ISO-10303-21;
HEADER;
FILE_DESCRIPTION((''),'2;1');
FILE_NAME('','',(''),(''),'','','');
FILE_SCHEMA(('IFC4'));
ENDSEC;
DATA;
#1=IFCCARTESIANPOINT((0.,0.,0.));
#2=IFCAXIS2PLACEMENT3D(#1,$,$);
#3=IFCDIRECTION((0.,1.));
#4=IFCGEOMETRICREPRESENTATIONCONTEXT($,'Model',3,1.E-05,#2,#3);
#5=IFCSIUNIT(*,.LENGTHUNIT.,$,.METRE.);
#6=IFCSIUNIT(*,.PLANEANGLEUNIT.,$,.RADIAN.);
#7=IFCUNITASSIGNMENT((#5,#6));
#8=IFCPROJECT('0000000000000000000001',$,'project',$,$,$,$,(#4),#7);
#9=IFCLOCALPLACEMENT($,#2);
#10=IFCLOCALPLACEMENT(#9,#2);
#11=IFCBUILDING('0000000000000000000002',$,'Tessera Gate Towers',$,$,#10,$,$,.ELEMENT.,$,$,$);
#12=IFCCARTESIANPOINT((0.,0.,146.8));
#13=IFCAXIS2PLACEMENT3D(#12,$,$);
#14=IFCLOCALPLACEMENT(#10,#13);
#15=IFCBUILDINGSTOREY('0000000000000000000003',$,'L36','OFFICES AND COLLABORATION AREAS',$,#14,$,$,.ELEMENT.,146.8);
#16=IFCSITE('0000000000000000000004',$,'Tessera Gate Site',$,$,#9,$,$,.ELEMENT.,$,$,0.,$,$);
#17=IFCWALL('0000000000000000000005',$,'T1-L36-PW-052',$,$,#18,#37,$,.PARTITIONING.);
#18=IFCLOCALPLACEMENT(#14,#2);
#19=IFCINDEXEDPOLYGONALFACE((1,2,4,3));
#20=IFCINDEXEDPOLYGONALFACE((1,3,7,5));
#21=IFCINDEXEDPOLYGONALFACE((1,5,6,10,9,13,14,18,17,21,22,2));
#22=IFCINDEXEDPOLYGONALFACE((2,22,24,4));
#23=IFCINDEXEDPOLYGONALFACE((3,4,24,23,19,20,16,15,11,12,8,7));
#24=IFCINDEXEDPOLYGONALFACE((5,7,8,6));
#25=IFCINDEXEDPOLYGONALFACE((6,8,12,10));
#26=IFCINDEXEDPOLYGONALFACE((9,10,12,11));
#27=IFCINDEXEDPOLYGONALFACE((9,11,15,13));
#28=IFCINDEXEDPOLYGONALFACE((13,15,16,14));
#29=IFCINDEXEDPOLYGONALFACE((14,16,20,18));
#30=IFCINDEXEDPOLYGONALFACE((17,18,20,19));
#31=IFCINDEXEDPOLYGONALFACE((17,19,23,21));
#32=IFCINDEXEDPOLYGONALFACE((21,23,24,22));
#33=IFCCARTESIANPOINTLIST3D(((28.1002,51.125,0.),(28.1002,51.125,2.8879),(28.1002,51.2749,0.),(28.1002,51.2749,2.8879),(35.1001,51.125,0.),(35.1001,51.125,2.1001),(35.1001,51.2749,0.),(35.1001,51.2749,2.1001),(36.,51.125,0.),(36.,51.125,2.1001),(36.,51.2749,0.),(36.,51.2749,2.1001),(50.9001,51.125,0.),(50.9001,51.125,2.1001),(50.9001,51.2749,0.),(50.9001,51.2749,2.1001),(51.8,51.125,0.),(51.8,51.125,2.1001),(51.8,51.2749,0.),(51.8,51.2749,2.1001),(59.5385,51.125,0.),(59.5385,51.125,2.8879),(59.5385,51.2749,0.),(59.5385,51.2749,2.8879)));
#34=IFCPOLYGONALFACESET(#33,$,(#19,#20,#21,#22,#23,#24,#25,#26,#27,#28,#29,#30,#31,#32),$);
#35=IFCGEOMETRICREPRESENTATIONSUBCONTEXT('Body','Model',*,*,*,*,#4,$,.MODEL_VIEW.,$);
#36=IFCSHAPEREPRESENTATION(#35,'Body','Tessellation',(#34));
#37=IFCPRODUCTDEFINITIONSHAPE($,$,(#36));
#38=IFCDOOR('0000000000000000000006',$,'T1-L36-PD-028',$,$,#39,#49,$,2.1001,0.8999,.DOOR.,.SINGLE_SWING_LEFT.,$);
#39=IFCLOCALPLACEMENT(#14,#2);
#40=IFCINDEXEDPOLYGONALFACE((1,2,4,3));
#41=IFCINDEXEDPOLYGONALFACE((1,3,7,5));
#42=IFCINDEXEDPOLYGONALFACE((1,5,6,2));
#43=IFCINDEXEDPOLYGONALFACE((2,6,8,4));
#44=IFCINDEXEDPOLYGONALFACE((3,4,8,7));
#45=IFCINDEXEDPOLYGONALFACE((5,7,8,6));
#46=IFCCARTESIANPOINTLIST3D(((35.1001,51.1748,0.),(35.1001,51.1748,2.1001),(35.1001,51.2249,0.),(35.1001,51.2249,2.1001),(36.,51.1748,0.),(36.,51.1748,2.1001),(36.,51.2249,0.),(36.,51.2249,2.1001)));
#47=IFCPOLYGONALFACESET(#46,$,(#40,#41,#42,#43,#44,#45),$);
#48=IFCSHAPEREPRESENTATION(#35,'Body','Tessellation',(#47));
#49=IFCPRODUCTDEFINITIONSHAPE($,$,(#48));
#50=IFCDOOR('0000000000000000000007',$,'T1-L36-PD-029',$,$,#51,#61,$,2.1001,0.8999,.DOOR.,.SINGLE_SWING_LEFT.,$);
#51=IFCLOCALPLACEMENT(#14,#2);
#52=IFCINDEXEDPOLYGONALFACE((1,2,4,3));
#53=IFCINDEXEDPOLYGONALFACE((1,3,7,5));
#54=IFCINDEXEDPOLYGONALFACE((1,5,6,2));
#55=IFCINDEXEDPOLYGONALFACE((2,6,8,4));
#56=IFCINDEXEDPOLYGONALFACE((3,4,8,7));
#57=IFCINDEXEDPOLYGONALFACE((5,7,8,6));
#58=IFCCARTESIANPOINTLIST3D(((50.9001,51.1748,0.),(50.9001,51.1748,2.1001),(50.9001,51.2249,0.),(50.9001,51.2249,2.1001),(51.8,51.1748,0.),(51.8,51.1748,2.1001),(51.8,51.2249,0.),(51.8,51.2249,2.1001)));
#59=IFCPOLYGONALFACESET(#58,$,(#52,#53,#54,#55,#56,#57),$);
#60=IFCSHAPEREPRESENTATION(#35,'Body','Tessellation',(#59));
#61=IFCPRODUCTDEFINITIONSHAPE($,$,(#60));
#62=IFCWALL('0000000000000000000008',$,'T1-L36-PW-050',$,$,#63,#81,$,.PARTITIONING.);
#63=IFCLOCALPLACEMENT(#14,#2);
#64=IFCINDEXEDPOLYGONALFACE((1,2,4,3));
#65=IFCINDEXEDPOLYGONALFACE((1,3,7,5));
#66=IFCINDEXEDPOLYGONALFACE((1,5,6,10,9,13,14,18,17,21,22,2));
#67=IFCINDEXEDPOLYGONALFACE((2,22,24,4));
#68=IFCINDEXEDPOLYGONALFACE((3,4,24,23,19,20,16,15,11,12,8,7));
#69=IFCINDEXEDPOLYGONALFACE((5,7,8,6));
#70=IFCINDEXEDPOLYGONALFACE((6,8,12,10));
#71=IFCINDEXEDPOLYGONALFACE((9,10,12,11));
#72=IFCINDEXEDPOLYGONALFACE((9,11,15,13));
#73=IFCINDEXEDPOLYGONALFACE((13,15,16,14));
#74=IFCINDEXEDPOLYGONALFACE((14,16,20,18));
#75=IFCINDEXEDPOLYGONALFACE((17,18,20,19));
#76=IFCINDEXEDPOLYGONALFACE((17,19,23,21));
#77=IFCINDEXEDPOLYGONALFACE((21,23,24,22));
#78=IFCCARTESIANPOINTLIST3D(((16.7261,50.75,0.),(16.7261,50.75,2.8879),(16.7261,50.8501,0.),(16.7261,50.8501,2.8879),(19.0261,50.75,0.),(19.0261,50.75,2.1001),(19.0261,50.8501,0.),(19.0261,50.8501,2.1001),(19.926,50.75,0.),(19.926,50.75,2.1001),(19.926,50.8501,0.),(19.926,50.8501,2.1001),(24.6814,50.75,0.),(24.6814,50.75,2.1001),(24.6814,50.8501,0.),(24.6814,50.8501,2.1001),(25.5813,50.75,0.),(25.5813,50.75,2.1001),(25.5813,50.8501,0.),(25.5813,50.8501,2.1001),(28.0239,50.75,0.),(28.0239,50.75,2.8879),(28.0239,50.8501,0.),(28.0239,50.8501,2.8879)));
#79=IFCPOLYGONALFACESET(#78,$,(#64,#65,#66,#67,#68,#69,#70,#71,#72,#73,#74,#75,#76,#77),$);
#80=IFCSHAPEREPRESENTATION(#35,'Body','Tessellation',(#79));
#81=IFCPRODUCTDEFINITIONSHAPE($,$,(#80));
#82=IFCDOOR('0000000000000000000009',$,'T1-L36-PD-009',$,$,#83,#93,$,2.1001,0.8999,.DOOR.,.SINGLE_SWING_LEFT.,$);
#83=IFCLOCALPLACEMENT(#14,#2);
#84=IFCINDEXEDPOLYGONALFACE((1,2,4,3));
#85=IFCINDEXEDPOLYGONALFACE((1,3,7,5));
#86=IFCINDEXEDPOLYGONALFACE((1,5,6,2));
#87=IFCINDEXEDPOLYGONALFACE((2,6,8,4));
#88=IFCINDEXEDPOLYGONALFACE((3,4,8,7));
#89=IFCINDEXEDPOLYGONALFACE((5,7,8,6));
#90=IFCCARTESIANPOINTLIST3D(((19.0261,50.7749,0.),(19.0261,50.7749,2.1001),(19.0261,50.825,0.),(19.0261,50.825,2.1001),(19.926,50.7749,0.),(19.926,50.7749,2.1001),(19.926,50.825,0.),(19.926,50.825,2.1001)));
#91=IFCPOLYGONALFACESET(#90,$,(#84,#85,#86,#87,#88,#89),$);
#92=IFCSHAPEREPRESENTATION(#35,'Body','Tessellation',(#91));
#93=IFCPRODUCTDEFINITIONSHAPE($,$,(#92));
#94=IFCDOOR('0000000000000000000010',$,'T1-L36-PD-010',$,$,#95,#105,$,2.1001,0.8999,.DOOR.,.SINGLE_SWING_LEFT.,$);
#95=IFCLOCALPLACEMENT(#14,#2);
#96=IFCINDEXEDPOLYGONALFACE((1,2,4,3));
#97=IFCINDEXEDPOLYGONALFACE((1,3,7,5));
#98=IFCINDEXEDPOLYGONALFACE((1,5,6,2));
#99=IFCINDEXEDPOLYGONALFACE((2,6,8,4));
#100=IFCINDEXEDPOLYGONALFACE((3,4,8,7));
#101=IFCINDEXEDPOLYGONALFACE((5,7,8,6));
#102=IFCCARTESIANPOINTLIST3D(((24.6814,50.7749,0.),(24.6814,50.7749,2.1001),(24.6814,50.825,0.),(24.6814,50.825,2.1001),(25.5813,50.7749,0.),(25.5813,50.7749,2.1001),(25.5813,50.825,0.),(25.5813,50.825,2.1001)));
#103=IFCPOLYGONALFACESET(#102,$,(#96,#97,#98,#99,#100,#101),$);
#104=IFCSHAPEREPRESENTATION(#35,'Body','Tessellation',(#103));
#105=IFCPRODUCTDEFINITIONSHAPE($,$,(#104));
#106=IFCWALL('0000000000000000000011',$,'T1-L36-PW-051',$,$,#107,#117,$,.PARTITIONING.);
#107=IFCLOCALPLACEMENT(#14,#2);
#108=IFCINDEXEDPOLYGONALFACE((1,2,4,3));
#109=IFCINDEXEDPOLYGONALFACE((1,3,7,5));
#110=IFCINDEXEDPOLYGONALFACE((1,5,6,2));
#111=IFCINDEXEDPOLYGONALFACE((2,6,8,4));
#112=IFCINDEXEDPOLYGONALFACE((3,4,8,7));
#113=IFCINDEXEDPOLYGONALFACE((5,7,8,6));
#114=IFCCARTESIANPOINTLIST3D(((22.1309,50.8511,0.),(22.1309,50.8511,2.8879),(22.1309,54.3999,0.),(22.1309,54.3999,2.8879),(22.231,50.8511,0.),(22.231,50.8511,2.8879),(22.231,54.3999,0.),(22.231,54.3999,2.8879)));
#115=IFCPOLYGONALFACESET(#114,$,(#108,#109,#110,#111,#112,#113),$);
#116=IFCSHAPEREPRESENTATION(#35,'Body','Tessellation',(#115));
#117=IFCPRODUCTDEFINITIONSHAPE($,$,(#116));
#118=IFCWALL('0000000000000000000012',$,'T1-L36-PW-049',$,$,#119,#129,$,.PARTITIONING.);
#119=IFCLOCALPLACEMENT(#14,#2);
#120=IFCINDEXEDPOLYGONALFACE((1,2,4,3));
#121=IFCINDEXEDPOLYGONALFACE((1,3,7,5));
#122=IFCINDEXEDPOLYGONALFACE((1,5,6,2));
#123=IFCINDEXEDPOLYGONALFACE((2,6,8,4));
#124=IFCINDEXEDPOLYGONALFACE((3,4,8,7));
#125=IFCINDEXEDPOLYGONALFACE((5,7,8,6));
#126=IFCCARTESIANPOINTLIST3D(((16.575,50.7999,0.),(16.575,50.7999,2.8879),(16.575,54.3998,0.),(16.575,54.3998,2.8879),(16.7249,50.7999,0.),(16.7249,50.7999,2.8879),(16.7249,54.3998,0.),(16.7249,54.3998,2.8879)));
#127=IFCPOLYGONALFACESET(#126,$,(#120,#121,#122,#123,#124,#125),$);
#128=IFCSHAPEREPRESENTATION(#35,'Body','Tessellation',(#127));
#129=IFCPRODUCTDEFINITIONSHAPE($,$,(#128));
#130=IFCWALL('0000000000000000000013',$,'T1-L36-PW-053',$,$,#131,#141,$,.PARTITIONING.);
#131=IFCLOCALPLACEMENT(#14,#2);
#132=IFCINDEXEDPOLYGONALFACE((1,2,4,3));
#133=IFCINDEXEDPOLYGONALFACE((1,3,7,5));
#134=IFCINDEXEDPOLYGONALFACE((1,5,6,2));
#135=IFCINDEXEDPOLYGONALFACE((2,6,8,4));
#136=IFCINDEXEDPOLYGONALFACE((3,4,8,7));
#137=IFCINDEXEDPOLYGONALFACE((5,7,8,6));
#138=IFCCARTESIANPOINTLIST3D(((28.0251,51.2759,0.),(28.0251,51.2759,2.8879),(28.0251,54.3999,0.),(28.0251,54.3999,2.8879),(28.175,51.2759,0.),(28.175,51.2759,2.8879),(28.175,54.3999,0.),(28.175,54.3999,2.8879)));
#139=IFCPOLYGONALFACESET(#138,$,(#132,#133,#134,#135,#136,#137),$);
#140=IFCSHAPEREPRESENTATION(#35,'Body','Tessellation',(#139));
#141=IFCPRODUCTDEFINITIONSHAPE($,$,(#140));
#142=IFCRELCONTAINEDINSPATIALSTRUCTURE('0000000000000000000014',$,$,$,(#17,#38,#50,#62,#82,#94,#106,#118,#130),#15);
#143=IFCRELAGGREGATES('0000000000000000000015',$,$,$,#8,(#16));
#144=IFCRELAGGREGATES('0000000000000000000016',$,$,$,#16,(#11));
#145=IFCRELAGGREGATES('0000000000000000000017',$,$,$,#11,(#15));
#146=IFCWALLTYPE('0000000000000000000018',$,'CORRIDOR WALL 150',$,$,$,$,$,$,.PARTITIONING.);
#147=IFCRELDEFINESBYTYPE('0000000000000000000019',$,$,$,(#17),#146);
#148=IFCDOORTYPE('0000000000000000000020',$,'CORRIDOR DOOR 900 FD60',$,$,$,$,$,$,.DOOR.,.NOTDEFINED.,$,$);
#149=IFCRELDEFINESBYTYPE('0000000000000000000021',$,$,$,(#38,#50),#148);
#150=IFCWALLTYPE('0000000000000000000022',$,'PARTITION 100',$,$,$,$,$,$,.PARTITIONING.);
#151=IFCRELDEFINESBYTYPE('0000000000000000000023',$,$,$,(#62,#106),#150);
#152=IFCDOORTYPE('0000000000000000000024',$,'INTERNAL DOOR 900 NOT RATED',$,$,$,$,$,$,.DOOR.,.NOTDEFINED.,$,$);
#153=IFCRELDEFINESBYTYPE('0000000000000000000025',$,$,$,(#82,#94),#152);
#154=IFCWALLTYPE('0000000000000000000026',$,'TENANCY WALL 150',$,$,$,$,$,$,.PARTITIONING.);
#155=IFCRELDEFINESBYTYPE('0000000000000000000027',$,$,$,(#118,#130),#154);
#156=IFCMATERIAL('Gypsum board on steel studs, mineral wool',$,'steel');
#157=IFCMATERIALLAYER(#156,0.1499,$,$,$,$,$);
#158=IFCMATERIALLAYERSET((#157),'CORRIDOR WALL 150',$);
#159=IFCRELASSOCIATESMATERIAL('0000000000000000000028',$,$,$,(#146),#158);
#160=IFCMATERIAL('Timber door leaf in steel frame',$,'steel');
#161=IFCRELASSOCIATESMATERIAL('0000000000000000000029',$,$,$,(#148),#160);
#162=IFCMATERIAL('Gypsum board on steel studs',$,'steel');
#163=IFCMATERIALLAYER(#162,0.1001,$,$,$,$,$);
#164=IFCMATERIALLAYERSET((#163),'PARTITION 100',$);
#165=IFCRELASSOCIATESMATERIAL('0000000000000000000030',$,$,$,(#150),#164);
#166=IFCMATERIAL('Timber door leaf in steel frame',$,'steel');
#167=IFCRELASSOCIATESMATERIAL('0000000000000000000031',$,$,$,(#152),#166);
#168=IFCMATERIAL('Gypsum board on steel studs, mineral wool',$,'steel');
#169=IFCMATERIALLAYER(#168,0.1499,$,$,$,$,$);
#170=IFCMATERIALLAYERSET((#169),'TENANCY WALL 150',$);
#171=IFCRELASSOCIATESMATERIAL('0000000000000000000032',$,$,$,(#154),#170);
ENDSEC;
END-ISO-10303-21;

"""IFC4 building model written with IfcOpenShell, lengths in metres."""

from ifc_helpers import new_model, si_unit, direction, frame, frame_2d, origin, place, context, subcontext, project, spatial, rectangle, extrude, source, transform, mapped, material, layer, layer_set, type_object, element, fill, save


model = new_model("IFC4")

# Units and contexts
model_context = context("Model", 3, precision=1e-05, world=origin(), true_north=direction((0.0, 1.0)))
body_context = subcontext(model_context, "Body", "Model", "MODEL_VIEW")
ifc_project = project(units=[si_unit("LENGTHUNIT", "METRE"), si_unit("PLANEANGLEUNIT", "RADIAN")], contexts=[model_context])

# Site, building, storey
site_placement = place(None, origin())
site = spatial("IfcSite", under=ifc_project, at=site_placement, Name="Tessera Gate Site", CompositionType="ELEMENT", RefElevation=0.0)
building_placement = place(site_placement, origin())
building = spatial("IfcBuilding", under=site, at=building_placement, Name="Tessera Gate Towers", CompositionType="ELEMENT")
storey_placement = place(building_placement, frame((0.0, 0.0, 146.8)))
storey = spatial("IfcBuildingStorey", under=building, at=storey_placement, Name="L36", Description="OFFICES AND COLLABORATION AREAS", CompositionType="ELEMENT", Elevation=146.8)

# Walls, openings, doors
ifc_material_1 = material(Name="Gypsum board on steel studs, mineral wool", Category="steel")
ifc_layer_1 = layer(ifc_material_1, 0.1499)
ifc_layer_set_1 = layer_set([ifc_layer_1], Name="CORRIDOR WALL 150")
wall_type_1 = type_object("IfcWallType", Name="CORRIDOR WALL 150", PredefinedType="PARTITIONING", material=ifc_layer_set_1)
wall_1_placement = place(storey_placement, frame((28.1001, 51.2, 0.0), z_axis=(0.0, 0.0, 1.0), x_axis=(1.0, 0.0, 0.0)))
wall_1 = element("IfcWall", 1, at=wall_1_placement, inside=storey, type_object=wall_type_1, Name="T1-L36-PW-052", PredefinedType="PARTITIONING", context=body_context, shape_type="SweptSolid", body=[
    extrude(rectangle(XDim=31.4382, YDim=0.1499, at=frame_2d((15.7192, 0.0))), origin(), (0.0, 0.0, 1.0), 2.8879),
])
shared_shape_1 = source(origin(), body_context, "Body", "SweptSolid", [
    extrude(rectangle(XDim=0.8999, YDim=2.1001, at=frame_2d((0.45, 1.05))), frame((0.0, 0.085, 0.0), z_axis=(0.0, -1.0, 0.0), x_axis=(1.0, 0.0, 0.0)), (0.0, 0.0, 1.0), 0.1699),
])
opening_1_placement = place(wall_1_placement, frame((7.0, 0.0, 0.0)))
opening_1 = element("IfcOpeningElement", 2, at=opening_1_placement, cuts=wall_1, PredefinedType="OPENING", context=body_context, shape_type="MappedRepresentation", body=[
    mapped(shared_shape_1, transform((0.0, 0.0, 0.0), scale=1.0)),
])
opening_2_placement = place(wall_1_placement, frame((22.8, 0.0, 0.0)))
opening_2 = element("IfcOpeningElement", 3, at=opening_2_placement, cuts=wall_1, PredefinedType="OPENING", context=body_context, shape_type="MappedRepresentation", body=[
    mapped(shared_shape_1, transform((0.0, 0.0, 0.0), scale=1.0)),
])
ifc_material_2 = material(Name="Timber door leaf in steel frame", Category="steel")
door_type_1 = type_object("IfcDoorType", Name="CORRIDOR DOOR 900 FD60", OperationType="NOTDEFINED", PredefinedType="DOOR", material=ifc_material_2)
shared_shape_2 = source(origin(), body_context, "Body", "SweptSolid", [
    extrude(rectangle(XDim=0.8999, YDim=2.1001, at=frame_2d((0.45, 1.05))), frame((0.0, 0.0249, 0.0), z_axis=(0.0, -1.0, 0.0), x_axis=(1.0, 0.0, 0.0)), (0.0, 0.0, 1.0), 0.05),
])
door_1_placement = place(opening_1_placement, origin())
door_1 = element("IfcDoor", 4, at=door_1_placement, inside=storey, type_object=door_type_1, Name="T1-L36-PD-028", OperationType="SINGLE_SWING_LEFT", OverallHeight=2.1001, OverallWidth=0.8999, PredefinedType="DOOR", context=body_context, shape_type="MappedRepresentation", body=[
    mapped(shared_shape_2, transform((0.0, 0.0, 0.0), scale=1.0)),
])
fill(opening_1, door_1)
door_2_placement = place(opening_2_placement, origin())
door_2 = element("IfcDoor", 5, at=door_2_placement, inside=storey, type_object=door_type_1, Name="T1-L36-PD-029", OperationType="SINGLE_SWING_LEFT", OverallHeight=2.1001, OverallWidth=0.8999, PredefinedType="DOOR", context=body_context, shape_type="MappedRepresentation", body=[
    mapped(shared_shape_2, transform((0.0, 0.0, 0.0), scale=1.0)),
])
fill(opening_2, door_2)
ifc_material_3 = material(Name="Gypsum board on steel studs", Category="steel")
ifc_layer_2 = layer(ifc_material_3, 0.1001)
ifc_layer_set_2 = layer_set([ifc_layer_2], Name="PARTITION 100")
wall_type_2 = type_object("IfcWallType", Name="PARTITION 100", PredefinedType="PARTITIONING", material=ifc_layer_set_2)
wall_2_placement = place(storey_placement, frame((16.7261, 50.8, 0.0), z_axis=(0.0, 0.0, 1.0), x_axis=(1.0, 0.0, 0.0)))
wall_2 = element("IfcWall", 6, at=wall_2_placement, inside=storey, type_object=wall_type_2, Name="T1-L36-PW-050", PredefinedType="PARTITIONING", context=body_context, shape_type="SweptSolid", body=[
    extrude(rectangle(XDim=11.2979, YDim=0.1001, at=frame_2d((5.6489, 0.0))), origin(), (0.0, 0.0, 1.0), 2.8879),
])
shared_shape_3 = source(origin(), body_context, "Body", "SweptSolid", [
    extrude(rectangle(XDim=0.8999, YDim=2.1001, at=frame_2d((0.45, 1.05))), frame((0.0, 0.0601, 0.0), z_axis=(0.0, -1.0, 0.0), x_axis=(1.0, 0.0, 0.0)), (0.0, 0.0, 1.0), 0.1201),
])
opening_3_placement = place(wall_2_placement, frame((2.3, 0.0, 0.0)))
opening_3 = element("IfcOpeningElement", 7, at=opening_3_placement, cuts=wall_2, PredefinedType="OPENING", context=body_context, shape_type="MappedRepresentation", body=[
    mapped(shared_shape_3, transform((0.0, 0.0, 0.0), scale=1.0)),
])
opening_4_placement = place(wall_2_placement, frame((7.9553, 0.0, 0.0)))
opening_4 = element("IfcOpeningElement", 8, at=opening_4_placement, cuts=wall_2, PredefinedType="OPENING", context=body_context, shape_type="MappedRepresentation", body=[
    mapped(shared_shape_3, transform((0.0, 0.0, 0.0), scale=1.0)),
])
ifc_material_4 = material(Name="Timber door leaf in steel frame", Category="steel")
door_type_2 = type_object("IfcDoorType", Name="INTERNAL DOOR 900 NOT RATED", OperationType="NOTDEFINED", PredefinedType="DOOR", material=ifc_material_4)
door_3_placement = place(opening_3_placement, origin())
door_3 = element("IfcDoor", 9, at=door_3_placement, inside=storey, type_object=door_type_2, Name="T1-L36-PD-009", OperationType="SINGLE_SWING_LEFT", OverallHeight=2.1001, OverallWidth=0.8999, PredefinedType="DOOR", context=body_context, shape_type="MappedRepresentation", body=[
    mapped(shared_shape_2, transform((0.0, 0.0, 0.0), scale=1.0)),
])
fill(opening_3, door_3)
door_4_placement = place(opening_4_placement, origin())
door_4 = element("IfcDoor", 10, at=door_4_placement, inside=storey, type_object=door_type_2, Name="T1-L36-PD-010", OperationType="SINGLE_SWING_LEFT", OverallHeight=2.1001, OverallWidth=0.8999, PredefinedType="DOOR", context=body_context, shape_type="MappedRepresentation", body=[
    mapped(shared_shape_2, transform((0.0, 0.0, 0.0), scale=1.0)),
])
fill(opening_4, door_4)

# Walls
wall_3_placement = place(storey_placement, frame((22.1809, 50.8511, 0.0), z_axis=(0.0, 0.0, 1.0), x_axis=(0.0, 1.0, 0.0)))
element("IfcWall", 11, at=wall_3_placement, inside=storey, type_object=wall_type_2, Name="T1-L36-PW-051", PredefinedType="PARTITIONING", context=body_context, shape_type="SweptSolid", body=[
    extrude(rectangle(XDim=3.5488, YDim=0.1001, at=frame_2d((1.7744, 0.0))), origin(), (0.0, 0.0, 1.0), 2.8879),
])
ifc_material_5 = material(Name="Gypsum board on steel studs, mineral wool", Category="steel")
ifc_layer_3 = layer(ifc_material_5, 0.1499)
ifc_layer_set_3 = layer_set([ifc_layer_3], Name="TENANCY WALL 150")
wall_type_3 = type_object("IfcWallType", Name="TENANCY WALL 150", PredefinedType="PARTITIONING", material=ifc_layer_set_3)
wall_4_placement = place(storey_placement, frame((16.6499, 50.8, 0.0), z_axis=(0.0, 0.0, 1.0), x_axis=(0.0, 1.0, 0.0)))
element("IfcWall", 12, at=wall_4_placement, inside=storey, type_object=wall_type_3, Name="T1-L36-PW-049", PredefinedType="PARTITIONING", context=body_context, shape_type="SweptSolid", body=[
    extrude(rectangle(XDim=3.5999, YDim=0.1499, at=frame_2d((1.7998, 0.0))), origin(), (0.0, 0.0, 1.0), 2.8879),
])
wall_5_placement = place(storey_placement, frame((28.1001, 51.2759, 0.0), z_axis=(0.0, 0.0, 1.0), x_axis=(0.0, 1.0, 0.0)))
element("IfcWall", 13, at=wall_5_placement, inside=storey, type_object=wall_type_3, Name="T1-L36-PW-053", PredefinedType="PARTITIONING", context=body_context, shape_type="SweptSolid", body=[
    extrude(rectangle(XDim=3.124, YDim=0.1499, at=frame_2d((1.562, 0.0))), origin(), (0.0, 0.0, 1.0), 2.8879),
])

save(model, "model.ifc")
